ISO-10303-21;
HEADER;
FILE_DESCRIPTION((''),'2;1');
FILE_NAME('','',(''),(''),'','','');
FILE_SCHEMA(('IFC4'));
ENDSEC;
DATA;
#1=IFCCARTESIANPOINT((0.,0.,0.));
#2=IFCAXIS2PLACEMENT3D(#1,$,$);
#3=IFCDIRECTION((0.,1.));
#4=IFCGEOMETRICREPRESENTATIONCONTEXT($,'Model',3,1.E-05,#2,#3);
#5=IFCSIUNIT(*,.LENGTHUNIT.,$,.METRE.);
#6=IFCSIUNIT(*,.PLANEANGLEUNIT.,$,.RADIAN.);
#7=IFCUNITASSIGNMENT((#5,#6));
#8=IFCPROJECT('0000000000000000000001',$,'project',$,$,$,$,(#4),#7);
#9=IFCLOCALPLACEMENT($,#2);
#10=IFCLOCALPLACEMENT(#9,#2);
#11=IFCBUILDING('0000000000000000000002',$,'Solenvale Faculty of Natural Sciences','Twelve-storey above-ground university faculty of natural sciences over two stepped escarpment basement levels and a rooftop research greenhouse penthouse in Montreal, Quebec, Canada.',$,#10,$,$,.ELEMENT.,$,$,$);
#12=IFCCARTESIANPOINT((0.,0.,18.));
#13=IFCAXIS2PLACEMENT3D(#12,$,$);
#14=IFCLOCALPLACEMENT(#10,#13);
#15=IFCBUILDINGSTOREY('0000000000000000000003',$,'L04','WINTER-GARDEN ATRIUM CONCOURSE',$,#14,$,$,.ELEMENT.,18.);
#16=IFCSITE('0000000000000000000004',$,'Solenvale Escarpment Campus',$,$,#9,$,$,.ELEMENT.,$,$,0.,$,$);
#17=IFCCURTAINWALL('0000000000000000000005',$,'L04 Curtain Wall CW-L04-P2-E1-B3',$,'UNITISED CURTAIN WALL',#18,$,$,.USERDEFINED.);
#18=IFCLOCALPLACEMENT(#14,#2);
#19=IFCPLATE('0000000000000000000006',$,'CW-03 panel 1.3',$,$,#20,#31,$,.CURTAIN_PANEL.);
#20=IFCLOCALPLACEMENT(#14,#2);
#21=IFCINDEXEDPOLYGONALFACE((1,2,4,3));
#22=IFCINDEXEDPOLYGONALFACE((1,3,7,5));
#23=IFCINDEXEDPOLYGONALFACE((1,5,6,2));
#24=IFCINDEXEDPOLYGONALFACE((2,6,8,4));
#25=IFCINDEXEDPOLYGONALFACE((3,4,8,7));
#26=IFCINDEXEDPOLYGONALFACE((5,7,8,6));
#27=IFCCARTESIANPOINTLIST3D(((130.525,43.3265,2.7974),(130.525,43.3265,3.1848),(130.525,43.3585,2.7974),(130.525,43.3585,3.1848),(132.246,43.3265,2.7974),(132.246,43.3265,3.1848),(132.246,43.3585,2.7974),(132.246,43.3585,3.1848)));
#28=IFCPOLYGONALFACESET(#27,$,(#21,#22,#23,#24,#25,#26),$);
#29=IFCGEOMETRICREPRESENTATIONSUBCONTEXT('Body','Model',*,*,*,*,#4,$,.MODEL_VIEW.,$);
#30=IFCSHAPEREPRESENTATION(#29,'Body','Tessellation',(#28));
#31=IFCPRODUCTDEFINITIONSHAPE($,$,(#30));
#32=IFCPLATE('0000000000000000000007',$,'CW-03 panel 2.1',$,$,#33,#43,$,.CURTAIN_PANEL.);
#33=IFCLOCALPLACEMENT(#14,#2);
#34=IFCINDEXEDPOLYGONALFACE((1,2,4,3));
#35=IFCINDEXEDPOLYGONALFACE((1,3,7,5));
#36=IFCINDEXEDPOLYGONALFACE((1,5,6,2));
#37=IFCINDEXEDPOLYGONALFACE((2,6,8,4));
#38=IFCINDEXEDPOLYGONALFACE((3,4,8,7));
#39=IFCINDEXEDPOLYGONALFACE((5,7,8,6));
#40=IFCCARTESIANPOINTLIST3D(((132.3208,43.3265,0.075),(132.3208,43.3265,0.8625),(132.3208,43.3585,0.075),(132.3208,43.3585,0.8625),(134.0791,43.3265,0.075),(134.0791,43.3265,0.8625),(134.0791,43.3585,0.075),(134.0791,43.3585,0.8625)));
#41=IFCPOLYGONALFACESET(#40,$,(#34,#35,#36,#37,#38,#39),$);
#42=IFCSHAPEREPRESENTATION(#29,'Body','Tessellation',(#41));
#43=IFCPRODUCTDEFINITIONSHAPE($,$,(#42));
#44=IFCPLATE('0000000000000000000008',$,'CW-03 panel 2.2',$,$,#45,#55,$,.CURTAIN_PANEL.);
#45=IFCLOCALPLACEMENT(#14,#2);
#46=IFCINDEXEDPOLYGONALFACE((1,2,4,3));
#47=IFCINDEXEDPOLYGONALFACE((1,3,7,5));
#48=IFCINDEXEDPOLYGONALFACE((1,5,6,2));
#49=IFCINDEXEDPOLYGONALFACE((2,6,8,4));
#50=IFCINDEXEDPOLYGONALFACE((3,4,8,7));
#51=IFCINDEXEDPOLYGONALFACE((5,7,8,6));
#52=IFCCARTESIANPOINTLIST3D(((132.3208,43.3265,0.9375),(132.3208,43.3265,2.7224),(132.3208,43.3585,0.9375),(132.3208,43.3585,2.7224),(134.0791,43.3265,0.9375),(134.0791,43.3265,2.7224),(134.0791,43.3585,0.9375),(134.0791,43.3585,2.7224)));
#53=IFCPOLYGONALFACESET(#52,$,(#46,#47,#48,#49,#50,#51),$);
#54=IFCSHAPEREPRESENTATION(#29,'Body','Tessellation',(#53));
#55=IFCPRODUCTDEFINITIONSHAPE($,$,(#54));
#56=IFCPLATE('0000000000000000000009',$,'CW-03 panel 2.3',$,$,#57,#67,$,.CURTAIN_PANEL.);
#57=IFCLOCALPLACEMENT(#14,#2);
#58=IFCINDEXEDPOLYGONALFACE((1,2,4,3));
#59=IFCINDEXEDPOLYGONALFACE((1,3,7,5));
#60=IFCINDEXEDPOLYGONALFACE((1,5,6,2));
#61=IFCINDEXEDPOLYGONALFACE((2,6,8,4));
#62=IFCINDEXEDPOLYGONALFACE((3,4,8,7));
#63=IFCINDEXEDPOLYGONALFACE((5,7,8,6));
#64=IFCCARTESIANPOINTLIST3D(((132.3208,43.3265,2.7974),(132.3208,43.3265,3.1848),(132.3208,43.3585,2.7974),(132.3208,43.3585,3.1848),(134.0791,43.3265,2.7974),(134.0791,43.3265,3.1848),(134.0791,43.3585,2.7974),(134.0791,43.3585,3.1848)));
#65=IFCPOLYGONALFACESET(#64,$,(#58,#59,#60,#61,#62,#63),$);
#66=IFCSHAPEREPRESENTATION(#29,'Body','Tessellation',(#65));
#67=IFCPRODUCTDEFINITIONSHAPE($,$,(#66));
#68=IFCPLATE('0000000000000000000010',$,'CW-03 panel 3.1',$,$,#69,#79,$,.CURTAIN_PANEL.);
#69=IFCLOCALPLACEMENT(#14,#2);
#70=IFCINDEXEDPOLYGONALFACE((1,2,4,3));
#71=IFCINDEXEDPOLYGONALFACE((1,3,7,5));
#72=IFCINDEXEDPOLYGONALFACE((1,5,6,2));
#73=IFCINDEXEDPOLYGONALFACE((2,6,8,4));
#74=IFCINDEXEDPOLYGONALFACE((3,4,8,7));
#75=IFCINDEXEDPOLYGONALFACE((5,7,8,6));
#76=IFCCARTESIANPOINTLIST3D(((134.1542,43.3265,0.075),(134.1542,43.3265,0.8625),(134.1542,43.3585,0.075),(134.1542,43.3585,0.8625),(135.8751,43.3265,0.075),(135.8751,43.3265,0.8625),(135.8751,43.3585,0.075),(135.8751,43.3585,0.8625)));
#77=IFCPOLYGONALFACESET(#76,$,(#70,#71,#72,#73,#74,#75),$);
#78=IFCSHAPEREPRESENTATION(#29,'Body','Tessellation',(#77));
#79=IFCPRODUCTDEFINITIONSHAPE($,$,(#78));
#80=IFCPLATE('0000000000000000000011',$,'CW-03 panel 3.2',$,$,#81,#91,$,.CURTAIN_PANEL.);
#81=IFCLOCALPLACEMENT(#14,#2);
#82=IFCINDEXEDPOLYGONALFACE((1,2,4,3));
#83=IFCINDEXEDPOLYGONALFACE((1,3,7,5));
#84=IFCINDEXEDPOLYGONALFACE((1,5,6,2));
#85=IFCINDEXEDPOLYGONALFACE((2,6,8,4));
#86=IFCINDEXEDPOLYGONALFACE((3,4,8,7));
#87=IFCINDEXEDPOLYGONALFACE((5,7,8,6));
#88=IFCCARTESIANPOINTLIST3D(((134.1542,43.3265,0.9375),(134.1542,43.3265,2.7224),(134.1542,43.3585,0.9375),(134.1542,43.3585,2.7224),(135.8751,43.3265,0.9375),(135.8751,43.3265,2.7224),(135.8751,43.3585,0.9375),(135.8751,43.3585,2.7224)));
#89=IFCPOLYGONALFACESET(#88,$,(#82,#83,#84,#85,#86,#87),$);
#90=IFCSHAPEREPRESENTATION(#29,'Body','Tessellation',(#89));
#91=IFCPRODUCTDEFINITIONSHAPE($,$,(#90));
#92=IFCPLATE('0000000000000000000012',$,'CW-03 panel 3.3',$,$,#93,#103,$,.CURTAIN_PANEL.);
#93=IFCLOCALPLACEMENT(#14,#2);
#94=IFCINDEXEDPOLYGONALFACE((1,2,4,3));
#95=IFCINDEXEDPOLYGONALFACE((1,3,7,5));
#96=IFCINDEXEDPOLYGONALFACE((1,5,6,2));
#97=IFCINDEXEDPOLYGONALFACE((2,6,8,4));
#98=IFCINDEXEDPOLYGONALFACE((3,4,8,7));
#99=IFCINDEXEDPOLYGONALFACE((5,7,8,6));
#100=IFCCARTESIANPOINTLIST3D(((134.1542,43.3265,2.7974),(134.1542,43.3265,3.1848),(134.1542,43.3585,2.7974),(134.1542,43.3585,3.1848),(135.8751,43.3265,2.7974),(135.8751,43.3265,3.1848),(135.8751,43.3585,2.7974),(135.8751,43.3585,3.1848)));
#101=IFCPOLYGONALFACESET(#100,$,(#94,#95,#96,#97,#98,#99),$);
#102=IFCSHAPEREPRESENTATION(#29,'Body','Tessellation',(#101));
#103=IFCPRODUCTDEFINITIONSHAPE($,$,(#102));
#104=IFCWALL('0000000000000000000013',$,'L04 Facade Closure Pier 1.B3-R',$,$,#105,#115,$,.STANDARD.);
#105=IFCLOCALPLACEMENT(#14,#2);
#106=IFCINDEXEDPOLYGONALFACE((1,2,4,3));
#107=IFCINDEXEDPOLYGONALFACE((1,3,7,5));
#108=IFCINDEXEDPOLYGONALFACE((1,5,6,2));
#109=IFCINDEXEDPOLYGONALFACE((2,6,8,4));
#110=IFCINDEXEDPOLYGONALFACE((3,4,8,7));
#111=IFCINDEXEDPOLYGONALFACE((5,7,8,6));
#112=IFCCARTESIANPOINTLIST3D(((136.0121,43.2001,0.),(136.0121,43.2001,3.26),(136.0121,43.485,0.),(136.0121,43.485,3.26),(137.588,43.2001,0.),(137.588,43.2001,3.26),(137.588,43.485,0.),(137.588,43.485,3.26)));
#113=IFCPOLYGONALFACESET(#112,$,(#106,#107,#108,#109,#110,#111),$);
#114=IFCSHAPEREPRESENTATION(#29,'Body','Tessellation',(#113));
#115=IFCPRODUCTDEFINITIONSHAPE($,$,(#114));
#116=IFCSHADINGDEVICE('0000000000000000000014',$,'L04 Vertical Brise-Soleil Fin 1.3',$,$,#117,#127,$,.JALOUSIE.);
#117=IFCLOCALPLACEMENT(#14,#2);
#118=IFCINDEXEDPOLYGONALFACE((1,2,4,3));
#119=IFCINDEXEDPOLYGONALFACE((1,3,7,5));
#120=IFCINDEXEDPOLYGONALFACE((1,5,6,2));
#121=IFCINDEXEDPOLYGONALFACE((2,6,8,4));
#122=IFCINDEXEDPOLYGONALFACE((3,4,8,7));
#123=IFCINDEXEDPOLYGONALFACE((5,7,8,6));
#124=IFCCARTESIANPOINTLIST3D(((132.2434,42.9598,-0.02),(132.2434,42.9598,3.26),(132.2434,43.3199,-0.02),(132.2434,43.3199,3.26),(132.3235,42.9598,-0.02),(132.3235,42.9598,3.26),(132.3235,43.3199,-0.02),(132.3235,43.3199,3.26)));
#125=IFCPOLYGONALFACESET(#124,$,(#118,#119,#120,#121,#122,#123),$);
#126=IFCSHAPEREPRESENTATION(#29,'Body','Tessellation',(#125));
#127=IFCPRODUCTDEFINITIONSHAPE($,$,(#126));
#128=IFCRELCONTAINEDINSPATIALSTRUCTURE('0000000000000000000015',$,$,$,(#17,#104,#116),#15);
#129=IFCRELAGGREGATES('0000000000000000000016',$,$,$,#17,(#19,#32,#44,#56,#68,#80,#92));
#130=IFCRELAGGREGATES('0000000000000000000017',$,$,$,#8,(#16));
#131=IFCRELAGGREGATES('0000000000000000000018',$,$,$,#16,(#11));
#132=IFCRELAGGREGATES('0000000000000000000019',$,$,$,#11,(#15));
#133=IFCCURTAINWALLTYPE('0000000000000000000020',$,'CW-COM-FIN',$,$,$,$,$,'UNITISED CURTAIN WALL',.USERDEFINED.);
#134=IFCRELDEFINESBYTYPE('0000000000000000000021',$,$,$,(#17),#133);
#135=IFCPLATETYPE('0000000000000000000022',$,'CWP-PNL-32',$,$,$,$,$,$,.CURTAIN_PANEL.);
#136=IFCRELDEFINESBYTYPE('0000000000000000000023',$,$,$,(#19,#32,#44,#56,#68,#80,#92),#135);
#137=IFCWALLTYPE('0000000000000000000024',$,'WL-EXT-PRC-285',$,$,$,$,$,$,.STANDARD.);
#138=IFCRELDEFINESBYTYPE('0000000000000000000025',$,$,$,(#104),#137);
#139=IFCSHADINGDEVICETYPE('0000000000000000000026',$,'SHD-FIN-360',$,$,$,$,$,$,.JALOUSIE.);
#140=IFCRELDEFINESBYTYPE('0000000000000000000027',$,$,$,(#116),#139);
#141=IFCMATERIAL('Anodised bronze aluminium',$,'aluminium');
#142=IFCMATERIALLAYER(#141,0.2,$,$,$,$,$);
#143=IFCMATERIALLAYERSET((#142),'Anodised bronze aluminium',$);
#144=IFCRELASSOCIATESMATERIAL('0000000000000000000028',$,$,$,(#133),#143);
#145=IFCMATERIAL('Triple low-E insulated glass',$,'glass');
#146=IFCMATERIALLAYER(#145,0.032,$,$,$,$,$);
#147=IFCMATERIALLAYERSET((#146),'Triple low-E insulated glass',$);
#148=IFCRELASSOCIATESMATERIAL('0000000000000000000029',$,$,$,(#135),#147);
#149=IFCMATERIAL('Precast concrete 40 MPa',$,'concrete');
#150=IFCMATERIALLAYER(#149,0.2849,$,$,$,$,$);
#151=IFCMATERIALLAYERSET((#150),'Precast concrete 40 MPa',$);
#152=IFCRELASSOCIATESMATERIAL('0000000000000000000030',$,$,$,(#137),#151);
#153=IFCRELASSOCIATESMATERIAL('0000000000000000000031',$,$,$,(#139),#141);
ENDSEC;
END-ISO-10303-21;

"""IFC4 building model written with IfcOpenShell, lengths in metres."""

from ifc_helpers import new_model, si_unit, direction, frame, frame_2d, origin, origin_2d, place, context, subcontext, project, spatial, rectangle, extrude, material, layer, layer_set, material_profile, profile_set, type_object, element, aggregate, save


model = new_model("IFC4")

# Units and contexts
model_context = context("Model", 3, precision=1e-05, world=origin(), true_north=direction((0.0, 1.0)))
body_context = subcontext(model_context, "Body", "Model", "MODEL_VIEW")
ifc_project = project(units=[si_unit("LENGTHUNIT", "METRE"), si_unit("PLANEANGLEUNIT", "RADIAN")], contexts=[model_context])

# Site, building, storey
site_placement = place(None, origin())
site = spatial("IfcSite", under=ifc_project, at=site_placement, Name="Solenvale Escarpment Campus", CompositionType="ELEMENT", RefElevation=0.0)
building_placement = place(site_placement, origin())
building = spatial("IfcBuilding", under=site, at=building_placement, Name="Solenvale Faculty of Natural Sciences", Description="Twelve-storey above-ground university faculty of natural sciences over two stepped escarpment basement levels and a rooftop research greenhouse penthouse in Montreal, Quebec, Canada.", CompositionType="ELEMENT")
storey_placement = place(building_placement, frame((0.0, 0.0, 18.0)))
storey = spatial("IfcBuildingStorey", under=building, at=storey_placement, Name="L04", Description="WINTER-GARDEN ATRIUM CONCOURSE", CompositionType="ELEMENT", Elevation=18.0)

# Curtain wall, plates
ifc_material_1 = material(Name="Anodised bronze aluminium", Category="aluminium")
ifc_layer_1 = layer(ifc_material_1, 0.2)
ifc_layer_set_1 = layer_set([ifc_layer_1], Name="Anodised bronze aluminium")
curtain_wall_type = type_object("IfcCurtainWallType", Name="CW-COM-FIN", ElementType="UNITISED CURTAIN WALL", PredefinedType="USERDEFINED", material=ifc_layer_set_1)
curtain_wall_placement = place(storey_placement, origin())
curtain_wall = element("IfcCurtainWall", 1, at=curtain_wall_placement, inside=storey, type_object=curtain_wall_type, Name="L04 Curtain Wall CW-L04-P2-E1-B3", ObjectType="UNITISED CURTAIN WALL", PredefinedType="USERDEFINED")
ifc_material_2 = material(Name="Triple low-E insulated glass", Category="glass")
ifc_layer_2 = layer(ifc_material_2, 0.032)
ifc_layer_set_2 = layer_set([ifc_layer_2], Name="Triple low-E insulated glass")
plate_type = type_object("IfcPlateType", Name="CWP-PNL-32", PredefinedType="CURTAIN_PANEL", material=ifc_layer_set_2)
plate_1_placement = place(storey_placement, frame((131.3855, 43.3425, 2.7974), z_axis=(0.0, 0.0, 1.0), x_axis=(1.0, 0.0, 0.0)))
plate_1 = element("IfcPlate", 2, at=plate_1_placement, type_object=plate_type, Name="CW-03 panel 1.3", PredefinedType="CURTAIN_PANEL", context=body_context, shape_type="SweptSolid", body=[
    extrude(rectangle(XDim=1.7209, YDim=0.032, at=origin_2d()), origin(), (0.0, 0.0, 1.0), 0.3875),
])
plate_2_placement = place(storey_placement, frame((133.2, 43.3425, 0.075), z_axis=(0.0, 0.0, 1.0), x_axis=(1.0, 0.0, 0.0)))
plate_2 = element("IfcPlate", 3, at=plate_2_placement, type_object=plate_type, Name="CW-03 panel 2.1", PredefinedType="CURTAIN_PANEL", context=body_context, shape_type="SweptSolid", body=[
    extrude(rectangle(XDim=1.7583, YDim=0.032, at=origin_2d()), origin(), (0.0, 0.0, 1.0), 0.7876),
])
plate_3_placement = place(storey_placement, frame((133.2, 43.3425, 0.9375), z_axis=(0.0, 0.0, 1.0), x_axis=(1.0, 0.0, 0.0)))
plate_3 = element("IfcPlate", 4, at=plate_3_placement, type_object=plate_type, Name="CW-03 panel 2.2", PredefinedType="CURTAIN_PANEL", context=body_context, shape_type="SweptSolid", body=[
    extrude(rectangle(XDim=1.7583, YDim=0.032, at=origin_2d()), origin(), (0.0, 0.0, 1.0), 1.7849),
])
plate_4_placement = place(storey_placement, frame((133.2, 43.3425, 2.7974), z_axis=(0.0, 0.0, 1.0), x_axis=(1.0, 0.0, 0.0)))
plate_4 = element("IfcPlate", 5, at=plate_4_placement, type_object=plate_type, Name="CW-03 panel 2.3", PredefinedType="CURTAIN_PANEL", context=body_context, shape_type="SweptSolid", body=[
    extrude(rectangle(XDim=1.7583, YDim=0.032, at=origin_2d()), origin(), (0.0, 0.0, 1.0), 0.3875),
])
plate_5_placement = place(storey_placement, frame((135.0146, 43.3425, 0.075), z_axis=(0.0, 0.0, 1.0), x_axis=(1.0, 0.0, 0.0)))
plate_5 = element("IfcPlate", 6, at=plate_5_placement, type_object=plate_type, Name="CW-03 panel 3.1", PredefinedType="CURTAIN_PANEL", context=body_context, shape_type="SweptSolid", body=[
    extrude(rectangle(XDim=1.7209, YDim=0.032, at=origin_2d()), origin(), (0.0, 0.0, 1.0), 0.7876),
])
plate_6_placement = place(storey_placement, frame((135.0146, 43.3425, 0.9375), z_axis=(0.0, 0.0, 1.0), x_axis=(1.0, 0.0, 0.0)))
plate_6 = element("IfcPlate", 7, at=plate_6_placement, type_object=plate_type, Name="CW-03 panel 3.2", PredefinedType="CURTAIN_PANEL", context=body_context, shape_type="SweptSolid", body=[
    extrude(rectangle(XDim=1.7209, YDim=0.032, at=origin_2d()), origin(), (0.0, 0.0, 1.0), 1.7849),
])
plate_7_placement = place(storey_placement, frame((135.0146, 43.3425, 2.7974), z_axis=(0.0, 0.0, 1.0), x_axis=(1.0, 0.0, 0.0)))
plate_7 = element("IfcPlate", 8, at=plate_7_placement, type_object=plate_type, Name="CW-03 panel 3.3", PredefinedType="CURTAIN_PANEL", context=body_context, shape_type="SweptSolid", body=[
    extrude(rectangle(XDim=1.7209, YDim=0.032, at=origin_2d()), origin(), (0.0, 0.0, 1.0), 0.3875),
])
aggregate(curtain_wall, [plate_1, plate_2, plate_3, plate_4, plate_5, plate_6, plate_7])

# Wall
ifc_material_3 = material(Name="Precast concrete 40 MPa", Category="concrete")
ifc_layer_3 = layer(ifc_material_3, 0.2849)
ifc_layer_set_3 = layer_set([ifc_layer_3], Name="Precast concrete 40 MPa")
wall_type = type_object("IfcWallType", Name="WL-EXT-PRC-285", PredefinedType="STANDARD", material=ifc_layer_set_3)
wall_placement = place(storey_placement, frame((136.012, 43.3425, 0.0), z_axis=(0.0, 0.0, 1.0), x_axis=(1.0, 0.0, 0.0)))
element("IfcWall", 9, at=wall_placement, inside=storey, type_object=wall_type, Name="L04 Facade Closure Pier 1.B3-R", PredefinedType="STANDARD", context=body_context, shape_type="SweptSolid", body=[
    extrude(rectangle(XDim=1.5759, YDim=0.2849, at=frame_2d((0.7881, 0.0))), origin(), (0.0, 0.0, 1.0), 3.26),
])

# Shading device
ifc_material_profile_1 = material_profile(ifc_material_1, rectangle(XDim=0.0801, YDim=0.3601, at=origin_2d()), Name="ALU-FIN-80x360")
ifc_profile_set_1 = profile_set([ifc_material_profile_1], Name="Anodised bronze aluminium")
shading_device_type = type_object("IfcShadingDeviceType", Name="SHD-FIN-360", PredefinedType="JALOUSIE", material=ifc_profile_set_1)
shading_device_placement = place(storey_placement, frame((132.2834, 43.1399, -0.02), z_axis=(0.0, 0.0, 1.0), x_axis=(1.0, 0.0, 0.0)))
element("IfcShadingDevice", 10, at=shading_device_placement, inside=storey, type_object=shading_device_type, Name="L04 Vertical Brise-Soleil Fin 1.3", PredefinedType="JALOUSIE", context=body_context, shape_type="SweptSolid", body=[
    extrude(rectangle(XDim=0.0801, YDim=0.3601, at=origin_2d()), origin(), (0.0, 0.0, 1.0), 3.28),
])

save(model, "model.ifc")
